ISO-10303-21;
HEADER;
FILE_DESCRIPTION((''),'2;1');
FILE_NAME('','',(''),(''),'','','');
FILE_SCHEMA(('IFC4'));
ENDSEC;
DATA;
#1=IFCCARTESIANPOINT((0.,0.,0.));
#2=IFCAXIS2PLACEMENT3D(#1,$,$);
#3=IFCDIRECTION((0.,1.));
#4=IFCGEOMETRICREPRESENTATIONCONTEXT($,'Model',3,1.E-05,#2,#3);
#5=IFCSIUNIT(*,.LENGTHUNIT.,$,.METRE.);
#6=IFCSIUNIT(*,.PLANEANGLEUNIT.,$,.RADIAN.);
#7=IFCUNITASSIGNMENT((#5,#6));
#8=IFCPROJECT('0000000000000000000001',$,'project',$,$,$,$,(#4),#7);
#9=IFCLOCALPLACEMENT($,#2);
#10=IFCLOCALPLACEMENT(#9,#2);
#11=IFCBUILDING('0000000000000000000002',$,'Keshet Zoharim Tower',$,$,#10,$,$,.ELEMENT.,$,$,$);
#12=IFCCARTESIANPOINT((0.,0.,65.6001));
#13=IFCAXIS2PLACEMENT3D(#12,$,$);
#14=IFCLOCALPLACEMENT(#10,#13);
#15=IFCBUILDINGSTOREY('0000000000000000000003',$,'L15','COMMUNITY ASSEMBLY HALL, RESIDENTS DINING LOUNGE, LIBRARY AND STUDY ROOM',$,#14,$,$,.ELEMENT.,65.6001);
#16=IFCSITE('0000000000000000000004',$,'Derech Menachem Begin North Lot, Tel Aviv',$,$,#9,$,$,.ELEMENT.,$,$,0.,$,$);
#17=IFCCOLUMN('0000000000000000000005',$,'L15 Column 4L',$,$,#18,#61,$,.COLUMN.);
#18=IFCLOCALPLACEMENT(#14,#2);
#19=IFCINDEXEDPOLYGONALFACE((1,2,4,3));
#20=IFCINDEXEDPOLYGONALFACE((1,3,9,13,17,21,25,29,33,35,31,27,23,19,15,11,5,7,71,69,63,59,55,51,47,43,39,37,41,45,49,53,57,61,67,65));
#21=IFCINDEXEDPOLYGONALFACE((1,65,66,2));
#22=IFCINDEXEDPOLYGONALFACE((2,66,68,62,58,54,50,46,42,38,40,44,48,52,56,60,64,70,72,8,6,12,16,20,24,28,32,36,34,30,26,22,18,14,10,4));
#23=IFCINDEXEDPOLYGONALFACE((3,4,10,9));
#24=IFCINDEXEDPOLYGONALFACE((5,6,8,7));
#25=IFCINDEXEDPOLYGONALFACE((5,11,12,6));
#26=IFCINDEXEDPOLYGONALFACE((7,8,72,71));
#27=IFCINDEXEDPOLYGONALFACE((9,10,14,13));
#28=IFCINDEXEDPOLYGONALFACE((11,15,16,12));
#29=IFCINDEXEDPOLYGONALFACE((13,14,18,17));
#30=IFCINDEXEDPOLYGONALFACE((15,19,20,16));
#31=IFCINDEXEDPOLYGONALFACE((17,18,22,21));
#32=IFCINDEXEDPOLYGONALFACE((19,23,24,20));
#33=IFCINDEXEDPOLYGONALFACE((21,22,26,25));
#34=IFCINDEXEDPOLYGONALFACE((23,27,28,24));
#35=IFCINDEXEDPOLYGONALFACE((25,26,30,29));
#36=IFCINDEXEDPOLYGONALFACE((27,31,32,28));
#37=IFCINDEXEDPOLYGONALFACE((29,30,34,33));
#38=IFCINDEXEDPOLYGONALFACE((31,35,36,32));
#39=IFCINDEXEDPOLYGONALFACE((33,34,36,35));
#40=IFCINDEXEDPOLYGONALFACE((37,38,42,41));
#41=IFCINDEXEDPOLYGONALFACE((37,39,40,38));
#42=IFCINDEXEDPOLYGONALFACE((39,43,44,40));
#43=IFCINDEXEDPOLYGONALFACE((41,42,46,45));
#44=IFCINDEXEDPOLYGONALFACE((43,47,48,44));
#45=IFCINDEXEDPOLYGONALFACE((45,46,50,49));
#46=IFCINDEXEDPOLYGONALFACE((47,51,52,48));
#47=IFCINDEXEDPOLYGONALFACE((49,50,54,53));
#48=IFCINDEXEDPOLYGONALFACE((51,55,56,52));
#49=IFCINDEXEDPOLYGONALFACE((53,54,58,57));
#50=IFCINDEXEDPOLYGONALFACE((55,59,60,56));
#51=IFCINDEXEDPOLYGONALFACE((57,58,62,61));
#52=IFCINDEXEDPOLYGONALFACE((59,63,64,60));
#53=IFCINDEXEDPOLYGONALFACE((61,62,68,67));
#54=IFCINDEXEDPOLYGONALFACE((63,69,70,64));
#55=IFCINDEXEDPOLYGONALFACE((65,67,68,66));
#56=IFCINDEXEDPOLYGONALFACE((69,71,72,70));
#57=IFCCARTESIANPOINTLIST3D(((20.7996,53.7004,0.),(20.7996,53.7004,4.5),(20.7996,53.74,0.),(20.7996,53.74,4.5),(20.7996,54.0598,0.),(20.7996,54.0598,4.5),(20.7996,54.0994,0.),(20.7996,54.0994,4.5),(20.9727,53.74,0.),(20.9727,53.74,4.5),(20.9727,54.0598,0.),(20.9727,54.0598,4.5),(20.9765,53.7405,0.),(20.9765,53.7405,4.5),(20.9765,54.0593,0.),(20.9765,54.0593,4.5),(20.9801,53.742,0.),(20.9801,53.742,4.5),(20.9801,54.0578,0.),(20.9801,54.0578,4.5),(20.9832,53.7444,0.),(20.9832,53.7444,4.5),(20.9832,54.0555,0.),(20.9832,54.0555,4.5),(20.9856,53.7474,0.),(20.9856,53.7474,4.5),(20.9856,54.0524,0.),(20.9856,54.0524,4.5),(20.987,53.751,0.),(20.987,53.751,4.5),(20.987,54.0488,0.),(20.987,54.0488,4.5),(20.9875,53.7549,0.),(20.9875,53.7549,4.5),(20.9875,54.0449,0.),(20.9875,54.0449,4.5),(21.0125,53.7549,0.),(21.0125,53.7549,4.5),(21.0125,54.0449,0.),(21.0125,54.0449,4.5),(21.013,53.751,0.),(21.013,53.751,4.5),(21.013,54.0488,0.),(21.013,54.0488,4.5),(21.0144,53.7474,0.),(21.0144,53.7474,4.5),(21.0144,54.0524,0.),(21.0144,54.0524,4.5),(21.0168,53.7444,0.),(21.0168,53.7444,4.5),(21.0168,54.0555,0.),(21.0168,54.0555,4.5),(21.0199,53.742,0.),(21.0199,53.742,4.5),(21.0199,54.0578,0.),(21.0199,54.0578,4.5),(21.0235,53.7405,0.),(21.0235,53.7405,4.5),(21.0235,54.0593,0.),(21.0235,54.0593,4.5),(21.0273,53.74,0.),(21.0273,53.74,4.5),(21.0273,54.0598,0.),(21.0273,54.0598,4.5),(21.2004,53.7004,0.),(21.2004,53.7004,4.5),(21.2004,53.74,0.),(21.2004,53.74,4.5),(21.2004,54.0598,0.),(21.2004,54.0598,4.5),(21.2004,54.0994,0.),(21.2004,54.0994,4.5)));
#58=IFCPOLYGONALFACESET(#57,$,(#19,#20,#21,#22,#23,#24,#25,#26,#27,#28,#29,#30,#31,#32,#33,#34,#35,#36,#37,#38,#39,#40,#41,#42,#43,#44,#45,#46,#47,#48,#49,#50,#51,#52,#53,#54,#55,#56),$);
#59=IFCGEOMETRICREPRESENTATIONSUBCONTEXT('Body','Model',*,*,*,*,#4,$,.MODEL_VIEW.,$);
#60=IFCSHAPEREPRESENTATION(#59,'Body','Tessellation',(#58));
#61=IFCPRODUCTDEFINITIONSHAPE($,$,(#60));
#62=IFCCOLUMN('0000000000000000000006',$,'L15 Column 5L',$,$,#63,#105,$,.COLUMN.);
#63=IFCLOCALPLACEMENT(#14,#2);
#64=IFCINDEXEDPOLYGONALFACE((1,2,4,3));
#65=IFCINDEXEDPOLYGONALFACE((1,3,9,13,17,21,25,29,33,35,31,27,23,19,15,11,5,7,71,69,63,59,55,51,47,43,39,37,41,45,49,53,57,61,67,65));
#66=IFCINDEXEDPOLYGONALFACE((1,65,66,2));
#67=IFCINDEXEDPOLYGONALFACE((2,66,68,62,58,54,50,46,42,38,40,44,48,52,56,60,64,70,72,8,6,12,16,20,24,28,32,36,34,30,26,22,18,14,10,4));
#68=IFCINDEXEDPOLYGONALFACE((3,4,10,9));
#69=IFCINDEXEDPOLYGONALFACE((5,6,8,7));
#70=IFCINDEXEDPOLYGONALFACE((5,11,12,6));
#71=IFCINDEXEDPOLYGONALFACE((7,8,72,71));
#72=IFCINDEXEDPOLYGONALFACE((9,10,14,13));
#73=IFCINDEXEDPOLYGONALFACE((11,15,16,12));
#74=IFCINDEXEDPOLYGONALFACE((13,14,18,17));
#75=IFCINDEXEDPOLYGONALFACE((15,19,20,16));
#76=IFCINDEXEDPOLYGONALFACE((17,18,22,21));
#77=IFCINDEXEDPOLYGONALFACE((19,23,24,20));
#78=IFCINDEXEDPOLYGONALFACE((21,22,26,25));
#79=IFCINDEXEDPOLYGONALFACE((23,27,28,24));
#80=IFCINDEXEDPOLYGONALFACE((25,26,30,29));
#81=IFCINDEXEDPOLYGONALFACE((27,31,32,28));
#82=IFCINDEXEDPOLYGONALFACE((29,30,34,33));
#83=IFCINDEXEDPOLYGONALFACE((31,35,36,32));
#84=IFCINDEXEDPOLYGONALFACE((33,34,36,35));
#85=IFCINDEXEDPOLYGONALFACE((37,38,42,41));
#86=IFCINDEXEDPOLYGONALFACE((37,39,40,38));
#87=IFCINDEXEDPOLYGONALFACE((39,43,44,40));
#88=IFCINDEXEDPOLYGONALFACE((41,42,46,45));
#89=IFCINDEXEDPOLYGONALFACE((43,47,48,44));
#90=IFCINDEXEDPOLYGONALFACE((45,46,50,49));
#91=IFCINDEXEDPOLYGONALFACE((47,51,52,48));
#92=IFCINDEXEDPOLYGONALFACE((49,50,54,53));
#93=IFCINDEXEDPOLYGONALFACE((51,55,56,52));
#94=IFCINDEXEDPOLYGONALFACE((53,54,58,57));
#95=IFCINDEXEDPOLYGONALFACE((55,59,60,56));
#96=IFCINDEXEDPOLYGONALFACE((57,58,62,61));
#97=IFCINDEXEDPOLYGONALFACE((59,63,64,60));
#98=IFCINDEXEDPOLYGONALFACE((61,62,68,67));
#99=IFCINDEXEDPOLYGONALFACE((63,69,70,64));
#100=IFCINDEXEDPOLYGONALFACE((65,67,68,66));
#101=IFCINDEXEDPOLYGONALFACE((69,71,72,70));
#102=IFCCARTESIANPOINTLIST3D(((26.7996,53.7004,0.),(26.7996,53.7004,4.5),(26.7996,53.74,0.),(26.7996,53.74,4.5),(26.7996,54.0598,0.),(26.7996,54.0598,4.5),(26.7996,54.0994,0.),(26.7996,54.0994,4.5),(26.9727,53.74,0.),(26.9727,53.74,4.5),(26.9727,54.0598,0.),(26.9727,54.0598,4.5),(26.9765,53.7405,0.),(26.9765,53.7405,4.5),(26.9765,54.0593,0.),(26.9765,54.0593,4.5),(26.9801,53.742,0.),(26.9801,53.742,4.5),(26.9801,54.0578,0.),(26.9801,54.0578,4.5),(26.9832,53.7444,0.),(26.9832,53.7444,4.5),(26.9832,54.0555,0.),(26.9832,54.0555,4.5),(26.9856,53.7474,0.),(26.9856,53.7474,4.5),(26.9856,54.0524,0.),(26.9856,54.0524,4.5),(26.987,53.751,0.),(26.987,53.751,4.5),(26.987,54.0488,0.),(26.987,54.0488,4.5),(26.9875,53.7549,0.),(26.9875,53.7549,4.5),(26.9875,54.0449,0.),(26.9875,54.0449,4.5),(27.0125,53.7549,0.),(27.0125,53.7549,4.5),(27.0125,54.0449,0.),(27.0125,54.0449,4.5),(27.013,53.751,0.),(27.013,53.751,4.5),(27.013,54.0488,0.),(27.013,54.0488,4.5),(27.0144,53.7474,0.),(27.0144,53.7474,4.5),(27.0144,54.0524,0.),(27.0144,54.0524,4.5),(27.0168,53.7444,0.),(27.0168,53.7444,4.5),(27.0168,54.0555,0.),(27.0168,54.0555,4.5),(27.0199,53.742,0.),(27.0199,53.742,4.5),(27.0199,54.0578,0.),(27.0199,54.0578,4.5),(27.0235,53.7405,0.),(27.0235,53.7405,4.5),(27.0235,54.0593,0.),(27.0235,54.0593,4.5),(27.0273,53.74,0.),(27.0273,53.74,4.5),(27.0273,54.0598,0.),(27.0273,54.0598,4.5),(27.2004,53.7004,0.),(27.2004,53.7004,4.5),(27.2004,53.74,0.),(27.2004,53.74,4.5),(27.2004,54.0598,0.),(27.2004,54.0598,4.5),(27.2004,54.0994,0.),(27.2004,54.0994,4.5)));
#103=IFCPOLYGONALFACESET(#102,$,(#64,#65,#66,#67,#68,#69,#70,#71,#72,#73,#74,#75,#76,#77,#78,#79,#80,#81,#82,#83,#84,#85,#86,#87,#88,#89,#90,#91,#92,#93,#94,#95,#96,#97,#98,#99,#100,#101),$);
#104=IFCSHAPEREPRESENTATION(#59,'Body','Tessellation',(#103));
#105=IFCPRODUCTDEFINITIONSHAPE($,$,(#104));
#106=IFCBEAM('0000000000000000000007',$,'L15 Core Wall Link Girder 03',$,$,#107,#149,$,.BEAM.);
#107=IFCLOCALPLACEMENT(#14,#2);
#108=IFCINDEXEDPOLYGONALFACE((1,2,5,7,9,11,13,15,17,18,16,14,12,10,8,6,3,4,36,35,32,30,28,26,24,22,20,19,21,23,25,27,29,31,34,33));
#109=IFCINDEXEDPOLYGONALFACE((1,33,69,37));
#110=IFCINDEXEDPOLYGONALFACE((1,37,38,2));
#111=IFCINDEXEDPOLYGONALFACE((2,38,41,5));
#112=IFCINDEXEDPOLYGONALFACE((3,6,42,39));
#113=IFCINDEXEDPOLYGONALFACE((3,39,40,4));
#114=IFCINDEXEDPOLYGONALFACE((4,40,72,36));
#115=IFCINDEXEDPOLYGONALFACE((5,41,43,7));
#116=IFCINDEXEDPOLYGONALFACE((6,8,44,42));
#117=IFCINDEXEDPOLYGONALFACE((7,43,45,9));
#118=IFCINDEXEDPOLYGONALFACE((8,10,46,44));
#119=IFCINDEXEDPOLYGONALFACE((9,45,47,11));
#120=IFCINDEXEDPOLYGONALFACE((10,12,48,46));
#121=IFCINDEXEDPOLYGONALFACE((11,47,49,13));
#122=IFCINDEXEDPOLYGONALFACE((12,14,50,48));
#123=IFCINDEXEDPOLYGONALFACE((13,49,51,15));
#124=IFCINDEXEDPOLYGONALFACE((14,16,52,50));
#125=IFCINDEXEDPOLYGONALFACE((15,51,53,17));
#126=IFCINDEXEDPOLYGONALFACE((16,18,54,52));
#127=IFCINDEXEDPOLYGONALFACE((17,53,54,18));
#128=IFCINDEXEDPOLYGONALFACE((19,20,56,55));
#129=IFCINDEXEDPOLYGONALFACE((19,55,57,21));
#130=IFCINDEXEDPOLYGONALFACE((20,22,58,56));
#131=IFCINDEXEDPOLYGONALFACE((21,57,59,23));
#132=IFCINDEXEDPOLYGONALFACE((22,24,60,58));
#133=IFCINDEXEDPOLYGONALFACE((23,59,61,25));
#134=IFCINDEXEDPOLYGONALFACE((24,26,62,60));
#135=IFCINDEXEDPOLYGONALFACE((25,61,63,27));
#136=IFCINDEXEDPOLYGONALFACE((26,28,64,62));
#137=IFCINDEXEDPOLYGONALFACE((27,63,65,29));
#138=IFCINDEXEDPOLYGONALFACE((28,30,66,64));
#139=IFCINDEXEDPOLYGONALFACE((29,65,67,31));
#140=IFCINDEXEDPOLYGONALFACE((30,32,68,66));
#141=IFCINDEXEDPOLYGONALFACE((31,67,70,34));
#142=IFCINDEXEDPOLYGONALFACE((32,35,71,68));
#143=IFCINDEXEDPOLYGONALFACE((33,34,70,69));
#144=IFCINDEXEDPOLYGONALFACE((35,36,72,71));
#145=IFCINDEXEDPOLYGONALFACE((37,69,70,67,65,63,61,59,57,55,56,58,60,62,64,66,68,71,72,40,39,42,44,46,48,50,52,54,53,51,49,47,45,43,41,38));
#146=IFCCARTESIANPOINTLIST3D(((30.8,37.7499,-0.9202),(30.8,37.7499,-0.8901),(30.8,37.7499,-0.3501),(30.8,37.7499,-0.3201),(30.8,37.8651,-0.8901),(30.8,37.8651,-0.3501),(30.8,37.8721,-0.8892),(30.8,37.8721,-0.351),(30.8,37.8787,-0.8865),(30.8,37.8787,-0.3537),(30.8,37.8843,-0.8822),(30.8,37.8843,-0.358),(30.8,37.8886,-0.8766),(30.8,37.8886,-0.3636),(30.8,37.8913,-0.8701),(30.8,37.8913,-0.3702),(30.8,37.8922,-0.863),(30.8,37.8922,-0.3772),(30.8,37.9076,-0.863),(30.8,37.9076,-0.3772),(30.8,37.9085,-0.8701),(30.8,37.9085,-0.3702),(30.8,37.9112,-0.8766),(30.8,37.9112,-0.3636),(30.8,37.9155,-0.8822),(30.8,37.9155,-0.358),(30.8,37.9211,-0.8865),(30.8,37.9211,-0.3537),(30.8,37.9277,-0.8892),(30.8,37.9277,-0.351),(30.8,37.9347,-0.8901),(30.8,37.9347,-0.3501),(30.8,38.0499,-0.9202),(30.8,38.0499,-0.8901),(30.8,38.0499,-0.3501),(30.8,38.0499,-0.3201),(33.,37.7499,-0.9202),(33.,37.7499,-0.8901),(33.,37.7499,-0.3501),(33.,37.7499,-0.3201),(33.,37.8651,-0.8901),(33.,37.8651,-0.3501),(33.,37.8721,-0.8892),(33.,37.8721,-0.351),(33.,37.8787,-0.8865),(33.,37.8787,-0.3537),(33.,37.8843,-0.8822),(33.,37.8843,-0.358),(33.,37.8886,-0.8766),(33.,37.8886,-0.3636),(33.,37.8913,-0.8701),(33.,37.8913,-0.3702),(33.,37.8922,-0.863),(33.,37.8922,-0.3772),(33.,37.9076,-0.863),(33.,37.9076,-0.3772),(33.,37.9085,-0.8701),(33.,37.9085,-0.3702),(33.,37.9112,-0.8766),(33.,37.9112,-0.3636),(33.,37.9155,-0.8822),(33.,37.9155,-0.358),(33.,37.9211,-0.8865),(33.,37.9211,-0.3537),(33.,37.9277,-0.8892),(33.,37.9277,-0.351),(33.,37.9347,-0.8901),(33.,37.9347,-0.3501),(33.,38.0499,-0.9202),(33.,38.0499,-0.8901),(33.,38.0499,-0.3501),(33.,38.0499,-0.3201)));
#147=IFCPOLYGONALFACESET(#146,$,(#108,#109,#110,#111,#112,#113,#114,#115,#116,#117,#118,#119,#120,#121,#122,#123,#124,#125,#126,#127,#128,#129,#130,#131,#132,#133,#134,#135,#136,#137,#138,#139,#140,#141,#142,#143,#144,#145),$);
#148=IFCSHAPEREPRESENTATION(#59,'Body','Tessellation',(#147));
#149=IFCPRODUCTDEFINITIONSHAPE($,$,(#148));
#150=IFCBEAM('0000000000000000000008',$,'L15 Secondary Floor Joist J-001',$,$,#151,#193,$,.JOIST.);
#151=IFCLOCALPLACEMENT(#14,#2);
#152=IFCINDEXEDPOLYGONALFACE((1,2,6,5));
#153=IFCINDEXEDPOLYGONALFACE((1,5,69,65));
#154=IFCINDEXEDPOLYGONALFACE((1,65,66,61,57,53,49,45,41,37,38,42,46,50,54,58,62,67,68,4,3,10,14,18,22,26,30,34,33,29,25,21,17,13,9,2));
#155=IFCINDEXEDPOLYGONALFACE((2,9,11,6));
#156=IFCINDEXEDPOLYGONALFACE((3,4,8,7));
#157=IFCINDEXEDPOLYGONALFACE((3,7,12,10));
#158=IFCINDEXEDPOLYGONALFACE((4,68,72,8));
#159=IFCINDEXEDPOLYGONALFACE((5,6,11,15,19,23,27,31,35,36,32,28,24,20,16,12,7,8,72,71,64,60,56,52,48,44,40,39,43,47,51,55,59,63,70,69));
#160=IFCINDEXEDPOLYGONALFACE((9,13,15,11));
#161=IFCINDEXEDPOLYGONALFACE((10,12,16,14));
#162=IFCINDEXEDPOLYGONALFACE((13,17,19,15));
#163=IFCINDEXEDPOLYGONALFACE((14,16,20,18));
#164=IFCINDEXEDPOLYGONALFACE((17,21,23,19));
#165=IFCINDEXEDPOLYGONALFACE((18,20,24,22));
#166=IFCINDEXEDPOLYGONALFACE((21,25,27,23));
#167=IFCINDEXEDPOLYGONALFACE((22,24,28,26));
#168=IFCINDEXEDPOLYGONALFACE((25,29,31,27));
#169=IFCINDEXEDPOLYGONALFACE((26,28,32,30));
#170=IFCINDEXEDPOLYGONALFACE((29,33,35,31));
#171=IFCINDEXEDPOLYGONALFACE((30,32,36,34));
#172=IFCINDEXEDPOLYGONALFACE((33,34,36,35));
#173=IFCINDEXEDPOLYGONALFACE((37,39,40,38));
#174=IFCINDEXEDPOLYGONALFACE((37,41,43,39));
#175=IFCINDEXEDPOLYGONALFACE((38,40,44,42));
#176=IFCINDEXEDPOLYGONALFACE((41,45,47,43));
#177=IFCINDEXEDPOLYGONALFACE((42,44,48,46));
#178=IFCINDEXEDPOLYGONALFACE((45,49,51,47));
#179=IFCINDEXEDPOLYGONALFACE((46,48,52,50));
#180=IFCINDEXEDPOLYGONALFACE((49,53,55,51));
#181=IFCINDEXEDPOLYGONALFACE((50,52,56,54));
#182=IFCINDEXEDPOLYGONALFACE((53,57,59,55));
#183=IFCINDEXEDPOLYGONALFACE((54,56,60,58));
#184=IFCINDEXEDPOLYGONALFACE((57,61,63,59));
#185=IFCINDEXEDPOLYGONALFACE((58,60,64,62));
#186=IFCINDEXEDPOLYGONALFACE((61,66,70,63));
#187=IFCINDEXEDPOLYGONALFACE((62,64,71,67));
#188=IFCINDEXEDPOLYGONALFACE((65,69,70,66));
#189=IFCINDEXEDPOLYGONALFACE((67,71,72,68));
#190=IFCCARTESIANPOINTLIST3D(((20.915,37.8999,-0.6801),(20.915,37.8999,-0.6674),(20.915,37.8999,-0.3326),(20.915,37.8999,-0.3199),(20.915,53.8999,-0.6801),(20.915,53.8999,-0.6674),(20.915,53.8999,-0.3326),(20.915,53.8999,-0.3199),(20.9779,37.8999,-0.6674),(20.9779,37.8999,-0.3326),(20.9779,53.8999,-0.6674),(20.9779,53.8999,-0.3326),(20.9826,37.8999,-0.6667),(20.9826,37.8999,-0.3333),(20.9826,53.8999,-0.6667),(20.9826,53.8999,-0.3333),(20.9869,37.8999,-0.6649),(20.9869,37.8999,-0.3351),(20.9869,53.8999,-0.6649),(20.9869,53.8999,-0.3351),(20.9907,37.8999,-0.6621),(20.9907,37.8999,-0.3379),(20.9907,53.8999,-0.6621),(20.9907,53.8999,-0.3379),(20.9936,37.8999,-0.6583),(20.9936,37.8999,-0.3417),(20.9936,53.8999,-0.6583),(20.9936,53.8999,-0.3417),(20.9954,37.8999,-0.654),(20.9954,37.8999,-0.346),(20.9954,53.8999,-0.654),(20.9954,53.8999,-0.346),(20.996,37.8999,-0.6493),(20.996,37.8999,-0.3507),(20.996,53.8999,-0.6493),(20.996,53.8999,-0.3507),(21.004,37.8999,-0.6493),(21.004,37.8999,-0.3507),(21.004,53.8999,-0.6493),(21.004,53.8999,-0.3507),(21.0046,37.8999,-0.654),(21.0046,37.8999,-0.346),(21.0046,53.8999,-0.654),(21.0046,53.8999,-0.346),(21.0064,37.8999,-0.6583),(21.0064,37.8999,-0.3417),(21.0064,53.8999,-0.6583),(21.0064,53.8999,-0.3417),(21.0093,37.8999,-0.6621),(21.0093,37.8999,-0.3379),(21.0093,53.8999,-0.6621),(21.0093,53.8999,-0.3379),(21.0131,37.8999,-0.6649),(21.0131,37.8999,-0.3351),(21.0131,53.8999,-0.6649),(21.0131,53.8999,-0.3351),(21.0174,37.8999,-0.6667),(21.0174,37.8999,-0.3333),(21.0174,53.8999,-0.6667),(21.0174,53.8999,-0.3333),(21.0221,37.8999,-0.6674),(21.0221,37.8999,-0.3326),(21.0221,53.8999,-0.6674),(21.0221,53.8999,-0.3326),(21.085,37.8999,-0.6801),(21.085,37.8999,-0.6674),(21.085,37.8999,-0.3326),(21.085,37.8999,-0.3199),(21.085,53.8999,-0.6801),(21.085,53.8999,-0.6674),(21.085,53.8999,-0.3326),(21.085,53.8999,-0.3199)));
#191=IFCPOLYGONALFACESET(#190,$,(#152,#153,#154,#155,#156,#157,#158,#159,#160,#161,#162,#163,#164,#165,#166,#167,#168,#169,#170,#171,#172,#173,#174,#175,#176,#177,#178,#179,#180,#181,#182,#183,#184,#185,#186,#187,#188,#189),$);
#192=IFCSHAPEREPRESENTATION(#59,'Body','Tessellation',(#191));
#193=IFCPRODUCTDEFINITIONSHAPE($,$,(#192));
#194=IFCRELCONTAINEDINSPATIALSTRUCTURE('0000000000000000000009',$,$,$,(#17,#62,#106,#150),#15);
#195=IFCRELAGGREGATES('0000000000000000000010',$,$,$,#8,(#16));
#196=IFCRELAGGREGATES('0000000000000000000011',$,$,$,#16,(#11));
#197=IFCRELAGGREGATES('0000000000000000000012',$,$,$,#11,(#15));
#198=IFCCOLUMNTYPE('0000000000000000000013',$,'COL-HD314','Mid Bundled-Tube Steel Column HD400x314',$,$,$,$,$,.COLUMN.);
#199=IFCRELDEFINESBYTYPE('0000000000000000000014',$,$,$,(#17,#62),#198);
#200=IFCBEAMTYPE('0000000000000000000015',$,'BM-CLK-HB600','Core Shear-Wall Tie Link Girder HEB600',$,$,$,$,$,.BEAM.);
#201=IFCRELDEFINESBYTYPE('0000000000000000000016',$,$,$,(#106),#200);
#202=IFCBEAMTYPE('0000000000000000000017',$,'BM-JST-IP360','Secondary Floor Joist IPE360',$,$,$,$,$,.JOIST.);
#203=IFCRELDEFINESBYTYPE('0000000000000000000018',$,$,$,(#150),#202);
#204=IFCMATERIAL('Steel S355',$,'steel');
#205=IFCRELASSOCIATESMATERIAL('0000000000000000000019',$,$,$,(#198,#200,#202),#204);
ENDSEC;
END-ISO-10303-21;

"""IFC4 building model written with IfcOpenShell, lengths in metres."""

from ifc_helpers import new_model, si_unit, direction, frame, origin, origin_2d, place, context, subcontext, project, spatial, i_section, extrude, material, material_profile, profile_set, type_object, element, save


model = new_model("IFC4")

# Units and contexts
model_context = context("Model", 3, precision=1e-05, world=origin(), true_north=direction((0.0, 1.0)))
body_context = subcontext(model_context, "Body", "Model", "MODEL_VIEW")
ifc_project = project(units=[si_unit("LENGTHUNIT", "METRE"), si_unit("PLANEANGLEUNIT", "RADIAN")], contexts=[model_context])

# Site, building, storey
site_placement = place(None, origin())
site = spatial("IfcSite", under=ifc_project, at=site_placement, Name="Derech Menachem Begin North Lot, Tel Aviv", CompositionType="ELEMENT", RefElevation=0.0)
building_placement = place(site_placement, origin())
building = spatial("IfcBuilding", under=site, at=building_placement, Name="Keshet Zoharim Tower", CompositionType="ELEMENT")
storey_placement = place(building_placement, frame((0.0, 0.0, 65.6001)))
storey = spatial("IfcBuildingStorey", under=building, at=storey_placement, Name="L15", Description="COMMUNITY ASSEMBLY HALL, RESIDENTS DINING LOUNGE, LIBRARY AND STUDY ROOM", CompositionType="ELEMENT", Elevation=65.6001)

# Columns
ifc_material_1 = material(Name="Steel S355", Category="steel")
ifc_material_profile_1 = material_profile(ifc_material_1, i_section(OverallWidth=0.4009, OverallDepth=0.3989, WebThickness=0.0249, FlangeThickness=0.0396, FilletRadius=0.0149, at=origin_2d()), Name="HD400x314")
ifc_profile_set_1 = profile_set([ifc_material_profile_1], Name="Steel S355")
column_type = type_object("IfcColumnType", Name="COL-HD314", Description="Mid Bundled-Tube Steel Column HD400x314", PredefinedType="COLUMN", material=ifc_profile_set_1)
for number, where, z_axis, x_axis, name in (
    (1, (21.0, 53.8999, 0.0), (0.0, 0.0, 1.0), (1.0, 0.0, 0.0), "L15 Column 4L"),
    (2, (27.0, 53.8999, 0.0), (0.0, 0.0, 1.0), (1.0, 0.0, 0.0), "L15 Column 5L"),
):
    element("IfcColumn", number, at=place(storey_placement, frame(where, z_axis=z_axis, x_axis=x_axis)), inside=storey, type_object=column_type, Name=name, PredefinedType="COLUMN", context=body_context, shape_type="SweptSolid", body=[
        extrude(i_section(OverallWidth=0.4009, OverallDepth=0.3989, WebThickness=0.0249, FlangeThickness=0.0396, FilletRadius=0.0149, at=origin_2d()), origin(), (0.0, 0.0, 1.0), 4.5),
    ])

# Beams
ifc_material_profile_2 = material_profile(ifc_material_1, i_section(OverallWidth=0.3, OverallDepth=0.6001, WebThickness=0.0154, FlangeThickness=0.03, FilletRadius=0.0271, at=origin_2d()), Name="HEB600")
ifc_profile_set_2 = profile_set([ifc_material_profile_2], Name="Steel S355")
beam_type_1 = type_object("IfcBeamType", Name="BM-CLK-HB600", Description="Core Shear-Wall Tie Link Girder HEB600", PredefinedType="BEAM", material=ifc_profile_set_2)
beam_placement = place(storey_placement, frame((30.8, 37.8999, -0.6201), z_axis=(1.0, 0.0, 0.0), x_axis=(0.0, 1.0, 0.0)))
element("IfcBeam", 3, at=beam_placement, inside=storey, type_object=beam_type_1, Name="L15 Core Wall Link Girder 03", PredefinedType="BEAM", context=body_context, shape_type="SweptSolid", body=[
    extrude(i_section(OverallWidth=0.3, OverallDepth=0.6001, WebThickness=0.0154, FlangeThickness=0.03, FilletRadius=0.0271, at=origin_2d()), origin(), (0.0, 0.0, 1.0), 2.2),
])
ifc_material_profile_3 = material_profile(ifc_material_1, i_section(OverallWidth=0.1699, OverallDepth=0.3601, WebThickness=0.0081, FlangeThickness=0.0127, FilletRadius=0.0181, at=origin_2d()), Name="IPE360")
ifc_profile_set_3 = profile_set([ifc_material_profile_3], Name="Steel S355")
beam_type_2 = type_object("IfcBeamType", Name="BM-JST-IP360", Description="Secondary Floor Joist IPE360", PredefinedType="JOIST", material=ifc_profile_set_3)
for number, where, z_axis, x_axis, name in (
    (4, (21.0, 37.8999, -0.5), (0.0, 1.0, 0.0), (-1.0, 0.0, 0.0), "L15 Secondary Floor Joist J-001"),
):
    element("IfcBeam", number, at=place(storey_placement, frame(where, z_axis=z_axis, x_axis=x_axis)), inside=storey, type_object=beam_type_2, Name=name, PredefinedType="JOIST", context=body_context, shape_type="SweptSolid", body=[
        extrude(i_section(OverallWidth=0.1699, OverallDepth=0.3601, WebThickness=0.0081, FlangeThickness=0.0127, FilletRadius=0.0181, at=origin_2d()), origin(), (0.0, 0.0, 1.0), 16.0),
    ])

save(model, "model.ifc")
